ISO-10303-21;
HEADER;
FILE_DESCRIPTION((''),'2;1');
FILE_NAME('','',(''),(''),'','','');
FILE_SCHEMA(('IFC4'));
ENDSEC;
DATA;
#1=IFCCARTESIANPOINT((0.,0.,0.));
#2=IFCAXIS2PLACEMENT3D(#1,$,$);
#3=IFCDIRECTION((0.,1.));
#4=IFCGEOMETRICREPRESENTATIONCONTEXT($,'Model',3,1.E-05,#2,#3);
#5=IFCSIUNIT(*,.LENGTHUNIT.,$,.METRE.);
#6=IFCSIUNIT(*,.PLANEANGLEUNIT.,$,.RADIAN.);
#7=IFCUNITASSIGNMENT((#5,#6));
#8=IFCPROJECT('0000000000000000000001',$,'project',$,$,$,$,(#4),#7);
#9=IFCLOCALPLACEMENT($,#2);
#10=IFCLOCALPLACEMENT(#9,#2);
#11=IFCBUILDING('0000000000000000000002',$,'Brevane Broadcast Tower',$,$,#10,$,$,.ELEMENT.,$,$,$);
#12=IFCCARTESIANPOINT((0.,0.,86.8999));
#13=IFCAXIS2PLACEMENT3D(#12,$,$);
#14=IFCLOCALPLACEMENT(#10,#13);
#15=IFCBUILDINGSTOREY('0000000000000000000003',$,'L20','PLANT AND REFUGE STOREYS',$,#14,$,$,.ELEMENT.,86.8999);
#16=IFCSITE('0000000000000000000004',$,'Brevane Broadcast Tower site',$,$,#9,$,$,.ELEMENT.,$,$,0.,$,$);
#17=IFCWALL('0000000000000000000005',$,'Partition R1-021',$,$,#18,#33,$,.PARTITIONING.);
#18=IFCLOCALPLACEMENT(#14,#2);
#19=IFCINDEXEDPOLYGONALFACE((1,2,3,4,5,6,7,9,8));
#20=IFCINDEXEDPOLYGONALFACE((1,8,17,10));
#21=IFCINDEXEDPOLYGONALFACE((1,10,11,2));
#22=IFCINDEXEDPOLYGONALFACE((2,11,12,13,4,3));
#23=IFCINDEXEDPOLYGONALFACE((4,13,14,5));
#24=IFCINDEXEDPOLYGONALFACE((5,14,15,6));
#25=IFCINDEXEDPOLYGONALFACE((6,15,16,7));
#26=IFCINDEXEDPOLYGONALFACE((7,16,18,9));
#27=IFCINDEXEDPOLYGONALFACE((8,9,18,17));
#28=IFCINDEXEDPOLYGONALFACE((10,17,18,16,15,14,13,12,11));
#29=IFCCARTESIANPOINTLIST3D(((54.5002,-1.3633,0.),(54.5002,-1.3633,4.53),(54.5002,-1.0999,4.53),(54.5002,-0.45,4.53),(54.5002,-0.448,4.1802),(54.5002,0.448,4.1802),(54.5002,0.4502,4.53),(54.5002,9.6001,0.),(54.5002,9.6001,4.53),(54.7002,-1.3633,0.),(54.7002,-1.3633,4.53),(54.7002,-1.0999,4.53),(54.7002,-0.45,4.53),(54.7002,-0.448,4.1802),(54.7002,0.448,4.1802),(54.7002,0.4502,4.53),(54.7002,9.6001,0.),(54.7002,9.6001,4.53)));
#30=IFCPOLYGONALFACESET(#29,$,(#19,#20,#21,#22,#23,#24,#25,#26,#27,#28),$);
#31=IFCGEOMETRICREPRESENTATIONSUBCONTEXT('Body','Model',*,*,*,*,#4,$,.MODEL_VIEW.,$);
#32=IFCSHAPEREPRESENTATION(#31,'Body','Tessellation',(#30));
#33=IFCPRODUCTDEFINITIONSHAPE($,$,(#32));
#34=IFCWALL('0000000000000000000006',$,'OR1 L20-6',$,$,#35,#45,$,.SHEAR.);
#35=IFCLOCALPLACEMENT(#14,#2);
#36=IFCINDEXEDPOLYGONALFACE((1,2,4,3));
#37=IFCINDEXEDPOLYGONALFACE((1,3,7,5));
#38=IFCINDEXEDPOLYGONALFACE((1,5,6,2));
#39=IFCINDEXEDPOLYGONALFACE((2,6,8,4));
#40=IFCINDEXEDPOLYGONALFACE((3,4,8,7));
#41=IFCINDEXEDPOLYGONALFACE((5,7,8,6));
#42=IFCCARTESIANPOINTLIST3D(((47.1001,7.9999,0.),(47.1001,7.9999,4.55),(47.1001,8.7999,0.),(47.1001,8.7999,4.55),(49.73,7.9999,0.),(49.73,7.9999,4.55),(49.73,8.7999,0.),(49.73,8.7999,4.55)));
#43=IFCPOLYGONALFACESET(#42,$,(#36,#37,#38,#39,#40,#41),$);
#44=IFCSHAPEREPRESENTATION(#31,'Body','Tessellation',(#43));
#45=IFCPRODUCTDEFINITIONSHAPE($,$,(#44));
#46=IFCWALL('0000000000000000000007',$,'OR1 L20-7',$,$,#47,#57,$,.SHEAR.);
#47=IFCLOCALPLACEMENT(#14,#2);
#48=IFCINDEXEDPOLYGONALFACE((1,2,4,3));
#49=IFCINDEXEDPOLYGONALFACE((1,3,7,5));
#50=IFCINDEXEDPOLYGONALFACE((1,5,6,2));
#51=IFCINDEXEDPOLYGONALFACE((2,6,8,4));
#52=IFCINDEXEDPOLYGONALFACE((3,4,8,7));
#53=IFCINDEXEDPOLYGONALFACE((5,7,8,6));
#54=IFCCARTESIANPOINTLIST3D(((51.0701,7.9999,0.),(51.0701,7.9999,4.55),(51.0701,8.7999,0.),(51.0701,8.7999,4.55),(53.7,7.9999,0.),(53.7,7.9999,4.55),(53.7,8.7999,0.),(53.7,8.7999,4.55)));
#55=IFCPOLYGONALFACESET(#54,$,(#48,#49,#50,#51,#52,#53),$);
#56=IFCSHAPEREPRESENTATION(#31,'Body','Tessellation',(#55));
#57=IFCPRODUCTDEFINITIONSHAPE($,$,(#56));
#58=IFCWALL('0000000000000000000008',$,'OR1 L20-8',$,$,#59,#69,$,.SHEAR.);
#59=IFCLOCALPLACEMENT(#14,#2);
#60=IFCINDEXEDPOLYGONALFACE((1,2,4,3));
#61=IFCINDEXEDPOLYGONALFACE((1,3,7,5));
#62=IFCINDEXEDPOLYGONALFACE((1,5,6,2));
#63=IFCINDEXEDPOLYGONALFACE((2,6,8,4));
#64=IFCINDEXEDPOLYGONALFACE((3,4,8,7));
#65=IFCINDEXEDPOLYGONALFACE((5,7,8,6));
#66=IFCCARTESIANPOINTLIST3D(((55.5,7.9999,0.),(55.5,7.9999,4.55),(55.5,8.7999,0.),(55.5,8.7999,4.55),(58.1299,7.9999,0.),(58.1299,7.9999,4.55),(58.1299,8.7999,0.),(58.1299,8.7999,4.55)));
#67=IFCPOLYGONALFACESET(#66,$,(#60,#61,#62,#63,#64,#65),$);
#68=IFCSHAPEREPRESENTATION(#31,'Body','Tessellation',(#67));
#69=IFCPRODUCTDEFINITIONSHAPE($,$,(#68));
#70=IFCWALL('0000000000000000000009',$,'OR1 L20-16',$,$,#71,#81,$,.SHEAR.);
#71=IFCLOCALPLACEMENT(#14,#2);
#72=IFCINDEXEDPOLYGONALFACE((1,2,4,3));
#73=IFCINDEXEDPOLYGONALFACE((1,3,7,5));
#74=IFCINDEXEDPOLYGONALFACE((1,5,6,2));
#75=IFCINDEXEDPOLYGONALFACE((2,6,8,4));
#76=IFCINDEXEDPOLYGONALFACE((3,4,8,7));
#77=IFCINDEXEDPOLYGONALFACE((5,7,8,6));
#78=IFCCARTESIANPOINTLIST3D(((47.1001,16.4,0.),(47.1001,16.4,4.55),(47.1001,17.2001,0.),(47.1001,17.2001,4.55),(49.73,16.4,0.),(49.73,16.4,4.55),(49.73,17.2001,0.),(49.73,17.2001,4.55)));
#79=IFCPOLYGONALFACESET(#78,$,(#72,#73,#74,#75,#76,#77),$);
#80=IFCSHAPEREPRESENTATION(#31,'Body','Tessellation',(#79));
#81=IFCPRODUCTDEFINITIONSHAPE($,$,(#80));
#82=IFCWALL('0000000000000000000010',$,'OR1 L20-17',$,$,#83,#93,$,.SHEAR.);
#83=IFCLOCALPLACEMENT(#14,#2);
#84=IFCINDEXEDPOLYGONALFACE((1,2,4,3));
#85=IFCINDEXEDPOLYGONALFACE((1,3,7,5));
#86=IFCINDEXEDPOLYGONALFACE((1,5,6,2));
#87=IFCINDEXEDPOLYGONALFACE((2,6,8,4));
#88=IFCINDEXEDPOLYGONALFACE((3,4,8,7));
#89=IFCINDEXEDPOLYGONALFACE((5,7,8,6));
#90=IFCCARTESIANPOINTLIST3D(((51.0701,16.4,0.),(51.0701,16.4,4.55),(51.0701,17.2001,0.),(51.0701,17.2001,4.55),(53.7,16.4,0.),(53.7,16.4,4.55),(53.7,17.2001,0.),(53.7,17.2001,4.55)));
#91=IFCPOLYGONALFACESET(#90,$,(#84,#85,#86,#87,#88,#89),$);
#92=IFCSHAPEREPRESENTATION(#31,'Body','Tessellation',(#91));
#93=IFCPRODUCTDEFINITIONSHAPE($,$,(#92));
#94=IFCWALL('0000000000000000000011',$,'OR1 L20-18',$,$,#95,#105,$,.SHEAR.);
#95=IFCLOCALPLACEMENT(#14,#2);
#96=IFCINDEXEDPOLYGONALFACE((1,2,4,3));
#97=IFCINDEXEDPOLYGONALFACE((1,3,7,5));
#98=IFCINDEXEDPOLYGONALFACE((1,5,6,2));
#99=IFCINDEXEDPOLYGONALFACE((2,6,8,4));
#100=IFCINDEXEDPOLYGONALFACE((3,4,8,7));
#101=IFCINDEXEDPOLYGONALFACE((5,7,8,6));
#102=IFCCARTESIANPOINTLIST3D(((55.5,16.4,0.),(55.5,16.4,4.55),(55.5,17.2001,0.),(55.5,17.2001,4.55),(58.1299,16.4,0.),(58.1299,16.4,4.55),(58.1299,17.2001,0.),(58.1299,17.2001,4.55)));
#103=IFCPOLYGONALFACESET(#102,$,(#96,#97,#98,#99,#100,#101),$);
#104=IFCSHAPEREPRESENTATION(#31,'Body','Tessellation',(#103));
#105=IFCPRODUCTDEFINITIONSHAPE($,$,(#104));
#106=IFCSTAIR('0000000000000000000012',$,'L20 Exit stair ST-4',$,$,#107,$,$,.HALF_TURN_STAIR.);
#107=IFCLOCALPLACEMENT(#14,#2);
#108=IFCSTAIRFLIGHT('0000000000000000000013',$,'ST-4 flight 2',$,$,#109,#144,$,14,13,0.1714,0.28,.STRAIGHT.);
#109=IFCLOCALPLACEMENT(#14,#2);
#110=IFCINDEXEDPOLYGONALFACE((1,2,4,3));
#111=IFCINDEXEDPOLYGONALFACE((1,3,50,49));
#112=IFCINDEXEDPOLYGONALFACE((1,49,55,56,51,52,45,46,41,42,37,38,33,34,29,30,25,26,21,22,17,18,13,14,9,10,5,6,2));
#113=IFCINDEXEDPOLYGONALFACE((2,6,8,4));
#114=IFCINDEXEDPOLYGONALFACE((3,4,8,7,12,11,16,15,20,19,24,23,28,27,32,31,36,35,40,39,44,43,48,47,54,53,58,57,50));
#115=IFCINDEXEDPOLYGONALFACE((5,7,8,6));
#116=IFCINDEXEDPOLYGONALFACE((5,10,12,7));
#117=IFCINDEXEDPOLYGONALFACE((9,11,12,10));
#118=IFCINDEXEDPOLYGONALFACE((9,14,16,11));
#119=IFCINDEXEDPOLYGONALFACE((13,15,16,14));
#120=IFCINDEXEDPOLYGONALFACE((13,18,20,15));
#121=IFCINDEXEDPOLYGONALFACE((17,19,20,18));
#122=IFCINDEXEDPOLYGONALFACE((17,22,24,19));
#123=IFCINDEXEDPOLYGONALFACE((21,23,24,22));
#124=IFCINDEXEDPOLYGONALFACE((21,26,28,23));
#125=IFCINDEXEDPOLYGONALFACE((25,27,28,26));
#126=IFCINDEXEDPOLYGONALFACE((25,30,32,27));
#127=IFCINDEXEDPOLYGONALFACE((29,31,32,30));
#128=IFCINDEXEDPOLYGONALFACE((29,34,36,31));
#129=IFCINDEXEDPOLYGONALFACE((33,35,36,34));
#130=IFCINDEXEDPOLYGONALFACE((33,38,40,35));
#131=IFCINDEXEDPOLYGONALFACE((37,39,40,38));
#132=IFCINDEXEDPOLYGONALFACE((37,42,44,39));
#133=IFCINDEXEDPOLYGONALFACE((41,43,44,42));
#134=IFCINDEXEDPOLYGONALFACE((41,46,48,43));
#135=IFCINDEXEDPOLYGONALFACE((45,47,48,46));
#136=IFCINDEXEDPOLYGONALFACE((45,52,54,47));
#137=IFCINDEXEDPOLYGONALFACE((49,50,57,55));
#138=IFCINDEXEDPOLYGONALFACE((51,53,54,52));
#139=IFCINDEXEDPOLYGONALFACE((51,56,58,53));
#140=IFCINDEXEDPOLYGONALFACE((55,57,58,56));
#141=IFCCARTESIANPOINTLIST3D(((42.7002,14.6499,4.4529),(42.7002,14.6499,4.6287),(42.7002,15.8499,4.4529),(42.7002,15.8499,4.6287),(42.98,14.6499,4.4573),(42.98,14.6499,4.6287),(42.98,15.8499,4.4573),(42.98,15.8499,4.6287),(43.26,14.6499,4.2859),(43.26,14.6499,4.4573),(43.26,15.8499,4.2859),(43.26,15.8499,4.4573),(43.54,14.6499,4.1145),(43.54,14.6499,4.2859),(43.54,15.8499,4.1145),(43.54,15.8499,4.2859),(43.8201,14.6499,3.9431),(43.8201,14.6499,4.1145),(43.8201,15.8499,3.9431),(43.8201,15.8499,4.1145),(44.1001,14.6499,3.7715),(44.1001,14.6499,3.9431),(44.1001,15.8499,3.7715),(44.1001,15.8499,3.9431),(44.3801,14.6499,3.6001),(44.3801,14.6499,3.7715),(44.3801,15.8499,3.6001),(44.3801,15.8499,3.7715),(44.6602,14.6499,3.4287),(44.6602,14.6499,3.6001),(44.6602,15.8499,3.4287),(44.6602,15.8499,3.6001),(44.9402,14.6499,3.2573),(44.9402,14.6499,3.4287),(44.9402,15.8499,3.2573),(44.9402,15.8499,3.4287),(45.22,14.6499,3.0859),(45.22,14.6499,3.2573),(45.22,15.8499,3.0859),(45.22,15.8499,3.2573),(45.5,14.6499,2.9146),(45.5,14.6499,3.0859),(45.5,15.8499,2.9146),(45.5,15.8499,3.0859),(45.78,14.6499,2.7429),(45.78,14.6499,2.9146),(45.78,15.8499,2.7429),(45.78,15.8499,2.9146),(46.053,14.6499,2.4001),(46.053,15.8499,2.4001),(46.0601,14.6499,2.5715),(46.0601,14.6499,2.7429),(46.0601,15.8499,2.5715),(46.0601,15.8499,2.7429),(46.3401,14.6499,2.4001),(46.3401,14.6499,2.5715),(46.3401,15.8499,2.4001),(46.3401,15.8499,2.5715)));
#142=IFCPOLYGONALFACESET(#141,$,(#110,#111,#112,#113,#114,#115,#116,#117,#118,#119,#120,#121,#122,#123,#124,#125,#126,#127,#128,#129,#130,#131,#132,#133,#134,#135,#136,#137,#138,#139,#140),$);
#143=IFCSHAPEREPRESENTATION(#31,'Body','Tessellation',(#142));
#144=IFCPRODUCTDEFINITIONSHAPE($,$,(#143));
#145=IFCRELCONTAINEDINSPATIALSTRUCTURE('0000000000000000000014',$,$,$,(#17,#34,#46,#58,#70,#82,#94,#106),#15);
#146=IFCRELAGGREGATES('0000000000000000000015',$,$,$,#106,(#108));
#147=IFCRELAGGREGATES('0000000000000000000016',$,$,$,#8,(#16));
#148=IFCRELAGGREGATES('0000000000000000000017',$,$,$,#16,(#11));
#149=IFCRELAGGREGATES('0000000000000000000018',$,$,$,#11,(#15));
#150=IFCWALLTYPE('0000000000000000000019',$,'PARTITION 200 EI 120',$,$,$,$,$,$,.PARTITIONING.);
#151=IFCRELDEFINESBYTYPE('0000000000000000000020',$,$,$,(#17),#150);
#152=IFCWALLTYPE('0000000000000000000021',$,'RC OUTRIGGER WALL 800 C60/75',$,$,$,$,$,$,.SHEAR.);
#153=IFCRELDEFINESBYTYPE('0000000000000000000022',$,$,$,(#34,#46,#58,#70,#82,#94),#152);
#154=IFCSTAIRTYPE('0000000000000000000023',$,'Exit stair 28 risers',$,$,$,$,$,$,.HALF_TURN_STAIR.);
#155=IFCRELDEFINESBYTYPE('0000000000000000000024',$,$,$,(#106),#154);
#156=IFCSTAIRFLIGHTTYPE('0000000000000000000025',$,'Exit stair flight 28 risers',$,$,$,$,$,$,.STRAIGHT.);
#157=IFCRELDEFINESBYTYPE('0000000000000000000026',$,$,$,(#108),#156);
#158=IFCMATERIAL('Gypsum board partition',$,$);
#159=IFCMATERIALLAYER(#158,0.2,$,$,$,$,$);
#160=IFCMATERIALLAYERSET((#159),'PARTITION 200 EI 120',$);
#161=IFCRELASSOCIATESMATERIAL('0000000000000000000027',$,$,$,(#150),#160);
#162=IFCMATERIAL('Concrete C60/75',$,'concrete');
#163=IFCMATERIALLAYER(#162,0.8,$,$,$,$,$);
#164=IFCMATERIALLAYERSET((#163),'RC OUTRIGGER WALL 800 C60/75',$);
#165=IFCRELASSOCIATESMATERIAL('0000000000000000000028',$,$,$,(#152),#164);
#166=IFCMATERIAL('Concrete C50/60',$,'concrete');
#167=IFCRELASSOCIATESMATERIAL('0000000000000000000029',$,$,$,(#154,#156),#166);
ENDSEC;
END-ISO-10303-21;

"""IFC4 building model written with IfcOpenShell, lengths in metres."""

from ifc_helpers import new_model, si_unit, direction, frame, frame_2d, origin, place, context, subcontext, project, spatial, polyline, rectangle, outline, extrude, material, layer, layer_set, type_object, element, aggregate, save


model = new_model("IFC4")

# Units and contexts
model_context = context("Model", 3, precision=1e-05, world=origin(), true_north=direction((0.0, 1.0)))
body_context = subcontext(model_context, "Body", "Model", "MODEL_VIEW")
ifc_project = project(units=[si_unit("LENGTHUNIT", "METRE"), si_unit("PLANEANGLEUNIT", "RADIAN")], contexts=[model_context])

# Site, building, storey
site_placement = place(None, origin())
site = spatial("IfcSite", under=ifc_project, at=site_placement, Name="Brevane Broadcast Tower site", CompositionType="ELEMENT", RefElevation=0.0)
building_placement = place(site_placement, origin())
building = spatial("IfcBuilding", under=site, at=building_placement, Name="Brevane Broadcast Tower", CompositionType="ELEMENT")
storey_placement = place(building_placement, frame((0.0, 0.0, 86.8999)))
storey = spatial("IfcBuildingStorey", under=building, at=storey_placement, Name="L20", Description="PLANT AND REFUGE STOREYS", CompositionType="ELEMENT", Elevation=86.8999)

# Shared definitions
ifc_material_1 = material(Name="Gypsum board partition")
ifc_layer_1 = layer(ifc_material_1, 0.2)
ifc_layer_set_1 = layer_set([ifc_layer_1], Name="PARTITION 200 EI 120")
wall_type_1 = type_object("IfcWallType", Name="PARTITION 200 EI 120", PredefinedType="PARTITIONING", material=ifc_layer_set_1)

# Walls
wall_1_placement = place(storey_placement, frame((54.6001, 9.6001, 0.0), z_axis=(0.0, 0.0, 1.0), x_axis=(0.0, -1.0, 0.0)))
element("IfcWall", 1, at=wall_1_placement, inside=storey, type_object=wall_type_1, Name="Partition R1-021", PredefinedType="PARTITIONING", context=body_context, shape_type="SweptSolid", body=[
    extrude(outline(polyline([(0.0, 0.0), (10.9634, 0.0), (10.9634, 4.53), (10.7, 4.53), (10.05, 4.53), (10.0481, 4.1802), (9.1521, 4.1802), (9.1499, 4.53), (0.0, 4.53), (0.0, 0.0)])), frame((0.0, 0.1001, 0.0), z_axis=(0.0, -1.0, 0.0), x_axis=(1.0, 0.0, 0.0)), (0.0, 0.0, 1.0), 0.2),
])
ifc_material_2 = material(Name="Concrete C60/75", Category="concrete")
ifc_layer_2 = layer(ifc_material_2, 0.8)
ifc_layer_set_2 = layer_set([ifc_layer_2], Name="RC OUTRIGGER WALL 800 C60/75")
wall_type_2 = type_object("IfcWallType", Name="RC OUTRIGGER WALL 800 C60/75", PredefinedType="SHEAR", material=ifc_layer_set_2)
for number, where, z_axis, x_axis, name in (
    (2, (47.1001, 8.3999, 0.0), (0.0, 0.0, 1.0), (1.0, 0.0, 0.0), "OR1 L20-6"),
    (3, (51.0701, 8.3999, 0.0), (0.0, 0.0, 1.0), (1.0, 0.0, 0.0), "OR1 L20-7"),
    (4, (55.5, 8.3999, 0.0), (0.0, 0.0, 1.0), (1.0, 0.0, 0.0), "OR1 L20-8"),
    (5, (47.1001, 16.8, 0.0), (0.0, 0.0, 1.0), (1.0, 0.0, 0.0), "OR1 L20-16"),
    (6, (51.0701, 16.8, 0.0), (0.0, 0.0, 1.0), (1.0, 0.0, 0.0), "OR1 L20-17"),
    (7, (55.5, 16.8, 0.0), (0.0, 0.0, 1.0), (1.0, 0.0, 0.0), "OR1 L20-18"),
):
    element("IfcWall", number, at=place(storey_placement, frame(where, z_axis=z_axis, x_axis=x_axis)), inside=storey, type_object=wall_type_2, Name=name, PredefinedType="SHEAR", context=body_context, shape_type="SweptSolid", body=[
        extrude(rectangle(XDim=2.6299, YDim=0.8, at=frame_2d((1.3149, 0.0))), origin(), (0.0, 0.0, 1.0), 4.55),
    ])

# Stair, stair flight
ifc_material_3 = material(Name="Concrete C50/60", Category="concrete")
stair_type = type_object("IfcStairType", Name="Exit stair 28 risers", PredefinedType="HALF_TURN_STAIR", material=ifc_material_3)
stair_placement = place(storey_placement, origin())
stair = element("IfcStair", 8, at=stair_placement, inside=storey, type_object=stair_type, Name="L20 Exit stair ST-4", PredefinedType="HALF_TURN_STAIR")
stair_flight_type = type_object("IfcStairFlightType", Name="Exit stair flight 28 risers", PredefinedType="STRAIGHT", material=ifc_material_3)
stair_flight_placement = place(storey_placement, frame((46.3401, 15.25, 2.4001), z_axis=(0.0, 0.0, 1.0), x_axis=(-1.0, 0.0, 0.0)))
stair_flight = element("IfcStairFlight", 9, at=stair_flight_placement, type_object=stair_flight_type, Name="ST-4 flight 2", NumberOfRisers=14, NumberOfTreads=13, PredefinedType="STRAIGHT", RiserHeight=0.1714, TreadLength=0.28, context=body_context, shape_type="SweptSolid", body=[
    extrude(outline(polyline([(0.0, 0.0), (0.0, 0.1714), (0.28, 0.1714), (0.28, 0.3428), (0.5601, 0.3428), (0.5601, 0.5144), (0.8401, 0.5144), (0.8401, 0.6858), (1.1201, 0.6858), (1.1201, 0.8572), (1.3999, 0.8572), (1.3999, 1.0286), (1.6799, 1.0286), (1.6799, 1.2), (1.96, 1.2), (1.96, 1.3713), (2.24, 1.3713), (2.24, 1.543), (2.52, 1.543), (2.52, 1.7144), (2.8, 1.7144), (2.8, 1.8857), (3.0801, 1.8857), (3.0801, 2.0571), (3.3601, 2.0571), (3.3601, 2.2285), (3.6399, 2.2285), (3.6399, 2.3999), (3.6399, 2.0527), (0.2871, 0.0), (0.0, 0.0)])), frame((0.0, 0.6001, 0.0), z_axis=(0.0, -1.0, 0.0), x_axis=(1.0, 0.0, 0.0)), (0.0, 0.0, 1.0), 1.2),
])
aggregate(stair, [stair_flight])

save(model, "model.ifc")
